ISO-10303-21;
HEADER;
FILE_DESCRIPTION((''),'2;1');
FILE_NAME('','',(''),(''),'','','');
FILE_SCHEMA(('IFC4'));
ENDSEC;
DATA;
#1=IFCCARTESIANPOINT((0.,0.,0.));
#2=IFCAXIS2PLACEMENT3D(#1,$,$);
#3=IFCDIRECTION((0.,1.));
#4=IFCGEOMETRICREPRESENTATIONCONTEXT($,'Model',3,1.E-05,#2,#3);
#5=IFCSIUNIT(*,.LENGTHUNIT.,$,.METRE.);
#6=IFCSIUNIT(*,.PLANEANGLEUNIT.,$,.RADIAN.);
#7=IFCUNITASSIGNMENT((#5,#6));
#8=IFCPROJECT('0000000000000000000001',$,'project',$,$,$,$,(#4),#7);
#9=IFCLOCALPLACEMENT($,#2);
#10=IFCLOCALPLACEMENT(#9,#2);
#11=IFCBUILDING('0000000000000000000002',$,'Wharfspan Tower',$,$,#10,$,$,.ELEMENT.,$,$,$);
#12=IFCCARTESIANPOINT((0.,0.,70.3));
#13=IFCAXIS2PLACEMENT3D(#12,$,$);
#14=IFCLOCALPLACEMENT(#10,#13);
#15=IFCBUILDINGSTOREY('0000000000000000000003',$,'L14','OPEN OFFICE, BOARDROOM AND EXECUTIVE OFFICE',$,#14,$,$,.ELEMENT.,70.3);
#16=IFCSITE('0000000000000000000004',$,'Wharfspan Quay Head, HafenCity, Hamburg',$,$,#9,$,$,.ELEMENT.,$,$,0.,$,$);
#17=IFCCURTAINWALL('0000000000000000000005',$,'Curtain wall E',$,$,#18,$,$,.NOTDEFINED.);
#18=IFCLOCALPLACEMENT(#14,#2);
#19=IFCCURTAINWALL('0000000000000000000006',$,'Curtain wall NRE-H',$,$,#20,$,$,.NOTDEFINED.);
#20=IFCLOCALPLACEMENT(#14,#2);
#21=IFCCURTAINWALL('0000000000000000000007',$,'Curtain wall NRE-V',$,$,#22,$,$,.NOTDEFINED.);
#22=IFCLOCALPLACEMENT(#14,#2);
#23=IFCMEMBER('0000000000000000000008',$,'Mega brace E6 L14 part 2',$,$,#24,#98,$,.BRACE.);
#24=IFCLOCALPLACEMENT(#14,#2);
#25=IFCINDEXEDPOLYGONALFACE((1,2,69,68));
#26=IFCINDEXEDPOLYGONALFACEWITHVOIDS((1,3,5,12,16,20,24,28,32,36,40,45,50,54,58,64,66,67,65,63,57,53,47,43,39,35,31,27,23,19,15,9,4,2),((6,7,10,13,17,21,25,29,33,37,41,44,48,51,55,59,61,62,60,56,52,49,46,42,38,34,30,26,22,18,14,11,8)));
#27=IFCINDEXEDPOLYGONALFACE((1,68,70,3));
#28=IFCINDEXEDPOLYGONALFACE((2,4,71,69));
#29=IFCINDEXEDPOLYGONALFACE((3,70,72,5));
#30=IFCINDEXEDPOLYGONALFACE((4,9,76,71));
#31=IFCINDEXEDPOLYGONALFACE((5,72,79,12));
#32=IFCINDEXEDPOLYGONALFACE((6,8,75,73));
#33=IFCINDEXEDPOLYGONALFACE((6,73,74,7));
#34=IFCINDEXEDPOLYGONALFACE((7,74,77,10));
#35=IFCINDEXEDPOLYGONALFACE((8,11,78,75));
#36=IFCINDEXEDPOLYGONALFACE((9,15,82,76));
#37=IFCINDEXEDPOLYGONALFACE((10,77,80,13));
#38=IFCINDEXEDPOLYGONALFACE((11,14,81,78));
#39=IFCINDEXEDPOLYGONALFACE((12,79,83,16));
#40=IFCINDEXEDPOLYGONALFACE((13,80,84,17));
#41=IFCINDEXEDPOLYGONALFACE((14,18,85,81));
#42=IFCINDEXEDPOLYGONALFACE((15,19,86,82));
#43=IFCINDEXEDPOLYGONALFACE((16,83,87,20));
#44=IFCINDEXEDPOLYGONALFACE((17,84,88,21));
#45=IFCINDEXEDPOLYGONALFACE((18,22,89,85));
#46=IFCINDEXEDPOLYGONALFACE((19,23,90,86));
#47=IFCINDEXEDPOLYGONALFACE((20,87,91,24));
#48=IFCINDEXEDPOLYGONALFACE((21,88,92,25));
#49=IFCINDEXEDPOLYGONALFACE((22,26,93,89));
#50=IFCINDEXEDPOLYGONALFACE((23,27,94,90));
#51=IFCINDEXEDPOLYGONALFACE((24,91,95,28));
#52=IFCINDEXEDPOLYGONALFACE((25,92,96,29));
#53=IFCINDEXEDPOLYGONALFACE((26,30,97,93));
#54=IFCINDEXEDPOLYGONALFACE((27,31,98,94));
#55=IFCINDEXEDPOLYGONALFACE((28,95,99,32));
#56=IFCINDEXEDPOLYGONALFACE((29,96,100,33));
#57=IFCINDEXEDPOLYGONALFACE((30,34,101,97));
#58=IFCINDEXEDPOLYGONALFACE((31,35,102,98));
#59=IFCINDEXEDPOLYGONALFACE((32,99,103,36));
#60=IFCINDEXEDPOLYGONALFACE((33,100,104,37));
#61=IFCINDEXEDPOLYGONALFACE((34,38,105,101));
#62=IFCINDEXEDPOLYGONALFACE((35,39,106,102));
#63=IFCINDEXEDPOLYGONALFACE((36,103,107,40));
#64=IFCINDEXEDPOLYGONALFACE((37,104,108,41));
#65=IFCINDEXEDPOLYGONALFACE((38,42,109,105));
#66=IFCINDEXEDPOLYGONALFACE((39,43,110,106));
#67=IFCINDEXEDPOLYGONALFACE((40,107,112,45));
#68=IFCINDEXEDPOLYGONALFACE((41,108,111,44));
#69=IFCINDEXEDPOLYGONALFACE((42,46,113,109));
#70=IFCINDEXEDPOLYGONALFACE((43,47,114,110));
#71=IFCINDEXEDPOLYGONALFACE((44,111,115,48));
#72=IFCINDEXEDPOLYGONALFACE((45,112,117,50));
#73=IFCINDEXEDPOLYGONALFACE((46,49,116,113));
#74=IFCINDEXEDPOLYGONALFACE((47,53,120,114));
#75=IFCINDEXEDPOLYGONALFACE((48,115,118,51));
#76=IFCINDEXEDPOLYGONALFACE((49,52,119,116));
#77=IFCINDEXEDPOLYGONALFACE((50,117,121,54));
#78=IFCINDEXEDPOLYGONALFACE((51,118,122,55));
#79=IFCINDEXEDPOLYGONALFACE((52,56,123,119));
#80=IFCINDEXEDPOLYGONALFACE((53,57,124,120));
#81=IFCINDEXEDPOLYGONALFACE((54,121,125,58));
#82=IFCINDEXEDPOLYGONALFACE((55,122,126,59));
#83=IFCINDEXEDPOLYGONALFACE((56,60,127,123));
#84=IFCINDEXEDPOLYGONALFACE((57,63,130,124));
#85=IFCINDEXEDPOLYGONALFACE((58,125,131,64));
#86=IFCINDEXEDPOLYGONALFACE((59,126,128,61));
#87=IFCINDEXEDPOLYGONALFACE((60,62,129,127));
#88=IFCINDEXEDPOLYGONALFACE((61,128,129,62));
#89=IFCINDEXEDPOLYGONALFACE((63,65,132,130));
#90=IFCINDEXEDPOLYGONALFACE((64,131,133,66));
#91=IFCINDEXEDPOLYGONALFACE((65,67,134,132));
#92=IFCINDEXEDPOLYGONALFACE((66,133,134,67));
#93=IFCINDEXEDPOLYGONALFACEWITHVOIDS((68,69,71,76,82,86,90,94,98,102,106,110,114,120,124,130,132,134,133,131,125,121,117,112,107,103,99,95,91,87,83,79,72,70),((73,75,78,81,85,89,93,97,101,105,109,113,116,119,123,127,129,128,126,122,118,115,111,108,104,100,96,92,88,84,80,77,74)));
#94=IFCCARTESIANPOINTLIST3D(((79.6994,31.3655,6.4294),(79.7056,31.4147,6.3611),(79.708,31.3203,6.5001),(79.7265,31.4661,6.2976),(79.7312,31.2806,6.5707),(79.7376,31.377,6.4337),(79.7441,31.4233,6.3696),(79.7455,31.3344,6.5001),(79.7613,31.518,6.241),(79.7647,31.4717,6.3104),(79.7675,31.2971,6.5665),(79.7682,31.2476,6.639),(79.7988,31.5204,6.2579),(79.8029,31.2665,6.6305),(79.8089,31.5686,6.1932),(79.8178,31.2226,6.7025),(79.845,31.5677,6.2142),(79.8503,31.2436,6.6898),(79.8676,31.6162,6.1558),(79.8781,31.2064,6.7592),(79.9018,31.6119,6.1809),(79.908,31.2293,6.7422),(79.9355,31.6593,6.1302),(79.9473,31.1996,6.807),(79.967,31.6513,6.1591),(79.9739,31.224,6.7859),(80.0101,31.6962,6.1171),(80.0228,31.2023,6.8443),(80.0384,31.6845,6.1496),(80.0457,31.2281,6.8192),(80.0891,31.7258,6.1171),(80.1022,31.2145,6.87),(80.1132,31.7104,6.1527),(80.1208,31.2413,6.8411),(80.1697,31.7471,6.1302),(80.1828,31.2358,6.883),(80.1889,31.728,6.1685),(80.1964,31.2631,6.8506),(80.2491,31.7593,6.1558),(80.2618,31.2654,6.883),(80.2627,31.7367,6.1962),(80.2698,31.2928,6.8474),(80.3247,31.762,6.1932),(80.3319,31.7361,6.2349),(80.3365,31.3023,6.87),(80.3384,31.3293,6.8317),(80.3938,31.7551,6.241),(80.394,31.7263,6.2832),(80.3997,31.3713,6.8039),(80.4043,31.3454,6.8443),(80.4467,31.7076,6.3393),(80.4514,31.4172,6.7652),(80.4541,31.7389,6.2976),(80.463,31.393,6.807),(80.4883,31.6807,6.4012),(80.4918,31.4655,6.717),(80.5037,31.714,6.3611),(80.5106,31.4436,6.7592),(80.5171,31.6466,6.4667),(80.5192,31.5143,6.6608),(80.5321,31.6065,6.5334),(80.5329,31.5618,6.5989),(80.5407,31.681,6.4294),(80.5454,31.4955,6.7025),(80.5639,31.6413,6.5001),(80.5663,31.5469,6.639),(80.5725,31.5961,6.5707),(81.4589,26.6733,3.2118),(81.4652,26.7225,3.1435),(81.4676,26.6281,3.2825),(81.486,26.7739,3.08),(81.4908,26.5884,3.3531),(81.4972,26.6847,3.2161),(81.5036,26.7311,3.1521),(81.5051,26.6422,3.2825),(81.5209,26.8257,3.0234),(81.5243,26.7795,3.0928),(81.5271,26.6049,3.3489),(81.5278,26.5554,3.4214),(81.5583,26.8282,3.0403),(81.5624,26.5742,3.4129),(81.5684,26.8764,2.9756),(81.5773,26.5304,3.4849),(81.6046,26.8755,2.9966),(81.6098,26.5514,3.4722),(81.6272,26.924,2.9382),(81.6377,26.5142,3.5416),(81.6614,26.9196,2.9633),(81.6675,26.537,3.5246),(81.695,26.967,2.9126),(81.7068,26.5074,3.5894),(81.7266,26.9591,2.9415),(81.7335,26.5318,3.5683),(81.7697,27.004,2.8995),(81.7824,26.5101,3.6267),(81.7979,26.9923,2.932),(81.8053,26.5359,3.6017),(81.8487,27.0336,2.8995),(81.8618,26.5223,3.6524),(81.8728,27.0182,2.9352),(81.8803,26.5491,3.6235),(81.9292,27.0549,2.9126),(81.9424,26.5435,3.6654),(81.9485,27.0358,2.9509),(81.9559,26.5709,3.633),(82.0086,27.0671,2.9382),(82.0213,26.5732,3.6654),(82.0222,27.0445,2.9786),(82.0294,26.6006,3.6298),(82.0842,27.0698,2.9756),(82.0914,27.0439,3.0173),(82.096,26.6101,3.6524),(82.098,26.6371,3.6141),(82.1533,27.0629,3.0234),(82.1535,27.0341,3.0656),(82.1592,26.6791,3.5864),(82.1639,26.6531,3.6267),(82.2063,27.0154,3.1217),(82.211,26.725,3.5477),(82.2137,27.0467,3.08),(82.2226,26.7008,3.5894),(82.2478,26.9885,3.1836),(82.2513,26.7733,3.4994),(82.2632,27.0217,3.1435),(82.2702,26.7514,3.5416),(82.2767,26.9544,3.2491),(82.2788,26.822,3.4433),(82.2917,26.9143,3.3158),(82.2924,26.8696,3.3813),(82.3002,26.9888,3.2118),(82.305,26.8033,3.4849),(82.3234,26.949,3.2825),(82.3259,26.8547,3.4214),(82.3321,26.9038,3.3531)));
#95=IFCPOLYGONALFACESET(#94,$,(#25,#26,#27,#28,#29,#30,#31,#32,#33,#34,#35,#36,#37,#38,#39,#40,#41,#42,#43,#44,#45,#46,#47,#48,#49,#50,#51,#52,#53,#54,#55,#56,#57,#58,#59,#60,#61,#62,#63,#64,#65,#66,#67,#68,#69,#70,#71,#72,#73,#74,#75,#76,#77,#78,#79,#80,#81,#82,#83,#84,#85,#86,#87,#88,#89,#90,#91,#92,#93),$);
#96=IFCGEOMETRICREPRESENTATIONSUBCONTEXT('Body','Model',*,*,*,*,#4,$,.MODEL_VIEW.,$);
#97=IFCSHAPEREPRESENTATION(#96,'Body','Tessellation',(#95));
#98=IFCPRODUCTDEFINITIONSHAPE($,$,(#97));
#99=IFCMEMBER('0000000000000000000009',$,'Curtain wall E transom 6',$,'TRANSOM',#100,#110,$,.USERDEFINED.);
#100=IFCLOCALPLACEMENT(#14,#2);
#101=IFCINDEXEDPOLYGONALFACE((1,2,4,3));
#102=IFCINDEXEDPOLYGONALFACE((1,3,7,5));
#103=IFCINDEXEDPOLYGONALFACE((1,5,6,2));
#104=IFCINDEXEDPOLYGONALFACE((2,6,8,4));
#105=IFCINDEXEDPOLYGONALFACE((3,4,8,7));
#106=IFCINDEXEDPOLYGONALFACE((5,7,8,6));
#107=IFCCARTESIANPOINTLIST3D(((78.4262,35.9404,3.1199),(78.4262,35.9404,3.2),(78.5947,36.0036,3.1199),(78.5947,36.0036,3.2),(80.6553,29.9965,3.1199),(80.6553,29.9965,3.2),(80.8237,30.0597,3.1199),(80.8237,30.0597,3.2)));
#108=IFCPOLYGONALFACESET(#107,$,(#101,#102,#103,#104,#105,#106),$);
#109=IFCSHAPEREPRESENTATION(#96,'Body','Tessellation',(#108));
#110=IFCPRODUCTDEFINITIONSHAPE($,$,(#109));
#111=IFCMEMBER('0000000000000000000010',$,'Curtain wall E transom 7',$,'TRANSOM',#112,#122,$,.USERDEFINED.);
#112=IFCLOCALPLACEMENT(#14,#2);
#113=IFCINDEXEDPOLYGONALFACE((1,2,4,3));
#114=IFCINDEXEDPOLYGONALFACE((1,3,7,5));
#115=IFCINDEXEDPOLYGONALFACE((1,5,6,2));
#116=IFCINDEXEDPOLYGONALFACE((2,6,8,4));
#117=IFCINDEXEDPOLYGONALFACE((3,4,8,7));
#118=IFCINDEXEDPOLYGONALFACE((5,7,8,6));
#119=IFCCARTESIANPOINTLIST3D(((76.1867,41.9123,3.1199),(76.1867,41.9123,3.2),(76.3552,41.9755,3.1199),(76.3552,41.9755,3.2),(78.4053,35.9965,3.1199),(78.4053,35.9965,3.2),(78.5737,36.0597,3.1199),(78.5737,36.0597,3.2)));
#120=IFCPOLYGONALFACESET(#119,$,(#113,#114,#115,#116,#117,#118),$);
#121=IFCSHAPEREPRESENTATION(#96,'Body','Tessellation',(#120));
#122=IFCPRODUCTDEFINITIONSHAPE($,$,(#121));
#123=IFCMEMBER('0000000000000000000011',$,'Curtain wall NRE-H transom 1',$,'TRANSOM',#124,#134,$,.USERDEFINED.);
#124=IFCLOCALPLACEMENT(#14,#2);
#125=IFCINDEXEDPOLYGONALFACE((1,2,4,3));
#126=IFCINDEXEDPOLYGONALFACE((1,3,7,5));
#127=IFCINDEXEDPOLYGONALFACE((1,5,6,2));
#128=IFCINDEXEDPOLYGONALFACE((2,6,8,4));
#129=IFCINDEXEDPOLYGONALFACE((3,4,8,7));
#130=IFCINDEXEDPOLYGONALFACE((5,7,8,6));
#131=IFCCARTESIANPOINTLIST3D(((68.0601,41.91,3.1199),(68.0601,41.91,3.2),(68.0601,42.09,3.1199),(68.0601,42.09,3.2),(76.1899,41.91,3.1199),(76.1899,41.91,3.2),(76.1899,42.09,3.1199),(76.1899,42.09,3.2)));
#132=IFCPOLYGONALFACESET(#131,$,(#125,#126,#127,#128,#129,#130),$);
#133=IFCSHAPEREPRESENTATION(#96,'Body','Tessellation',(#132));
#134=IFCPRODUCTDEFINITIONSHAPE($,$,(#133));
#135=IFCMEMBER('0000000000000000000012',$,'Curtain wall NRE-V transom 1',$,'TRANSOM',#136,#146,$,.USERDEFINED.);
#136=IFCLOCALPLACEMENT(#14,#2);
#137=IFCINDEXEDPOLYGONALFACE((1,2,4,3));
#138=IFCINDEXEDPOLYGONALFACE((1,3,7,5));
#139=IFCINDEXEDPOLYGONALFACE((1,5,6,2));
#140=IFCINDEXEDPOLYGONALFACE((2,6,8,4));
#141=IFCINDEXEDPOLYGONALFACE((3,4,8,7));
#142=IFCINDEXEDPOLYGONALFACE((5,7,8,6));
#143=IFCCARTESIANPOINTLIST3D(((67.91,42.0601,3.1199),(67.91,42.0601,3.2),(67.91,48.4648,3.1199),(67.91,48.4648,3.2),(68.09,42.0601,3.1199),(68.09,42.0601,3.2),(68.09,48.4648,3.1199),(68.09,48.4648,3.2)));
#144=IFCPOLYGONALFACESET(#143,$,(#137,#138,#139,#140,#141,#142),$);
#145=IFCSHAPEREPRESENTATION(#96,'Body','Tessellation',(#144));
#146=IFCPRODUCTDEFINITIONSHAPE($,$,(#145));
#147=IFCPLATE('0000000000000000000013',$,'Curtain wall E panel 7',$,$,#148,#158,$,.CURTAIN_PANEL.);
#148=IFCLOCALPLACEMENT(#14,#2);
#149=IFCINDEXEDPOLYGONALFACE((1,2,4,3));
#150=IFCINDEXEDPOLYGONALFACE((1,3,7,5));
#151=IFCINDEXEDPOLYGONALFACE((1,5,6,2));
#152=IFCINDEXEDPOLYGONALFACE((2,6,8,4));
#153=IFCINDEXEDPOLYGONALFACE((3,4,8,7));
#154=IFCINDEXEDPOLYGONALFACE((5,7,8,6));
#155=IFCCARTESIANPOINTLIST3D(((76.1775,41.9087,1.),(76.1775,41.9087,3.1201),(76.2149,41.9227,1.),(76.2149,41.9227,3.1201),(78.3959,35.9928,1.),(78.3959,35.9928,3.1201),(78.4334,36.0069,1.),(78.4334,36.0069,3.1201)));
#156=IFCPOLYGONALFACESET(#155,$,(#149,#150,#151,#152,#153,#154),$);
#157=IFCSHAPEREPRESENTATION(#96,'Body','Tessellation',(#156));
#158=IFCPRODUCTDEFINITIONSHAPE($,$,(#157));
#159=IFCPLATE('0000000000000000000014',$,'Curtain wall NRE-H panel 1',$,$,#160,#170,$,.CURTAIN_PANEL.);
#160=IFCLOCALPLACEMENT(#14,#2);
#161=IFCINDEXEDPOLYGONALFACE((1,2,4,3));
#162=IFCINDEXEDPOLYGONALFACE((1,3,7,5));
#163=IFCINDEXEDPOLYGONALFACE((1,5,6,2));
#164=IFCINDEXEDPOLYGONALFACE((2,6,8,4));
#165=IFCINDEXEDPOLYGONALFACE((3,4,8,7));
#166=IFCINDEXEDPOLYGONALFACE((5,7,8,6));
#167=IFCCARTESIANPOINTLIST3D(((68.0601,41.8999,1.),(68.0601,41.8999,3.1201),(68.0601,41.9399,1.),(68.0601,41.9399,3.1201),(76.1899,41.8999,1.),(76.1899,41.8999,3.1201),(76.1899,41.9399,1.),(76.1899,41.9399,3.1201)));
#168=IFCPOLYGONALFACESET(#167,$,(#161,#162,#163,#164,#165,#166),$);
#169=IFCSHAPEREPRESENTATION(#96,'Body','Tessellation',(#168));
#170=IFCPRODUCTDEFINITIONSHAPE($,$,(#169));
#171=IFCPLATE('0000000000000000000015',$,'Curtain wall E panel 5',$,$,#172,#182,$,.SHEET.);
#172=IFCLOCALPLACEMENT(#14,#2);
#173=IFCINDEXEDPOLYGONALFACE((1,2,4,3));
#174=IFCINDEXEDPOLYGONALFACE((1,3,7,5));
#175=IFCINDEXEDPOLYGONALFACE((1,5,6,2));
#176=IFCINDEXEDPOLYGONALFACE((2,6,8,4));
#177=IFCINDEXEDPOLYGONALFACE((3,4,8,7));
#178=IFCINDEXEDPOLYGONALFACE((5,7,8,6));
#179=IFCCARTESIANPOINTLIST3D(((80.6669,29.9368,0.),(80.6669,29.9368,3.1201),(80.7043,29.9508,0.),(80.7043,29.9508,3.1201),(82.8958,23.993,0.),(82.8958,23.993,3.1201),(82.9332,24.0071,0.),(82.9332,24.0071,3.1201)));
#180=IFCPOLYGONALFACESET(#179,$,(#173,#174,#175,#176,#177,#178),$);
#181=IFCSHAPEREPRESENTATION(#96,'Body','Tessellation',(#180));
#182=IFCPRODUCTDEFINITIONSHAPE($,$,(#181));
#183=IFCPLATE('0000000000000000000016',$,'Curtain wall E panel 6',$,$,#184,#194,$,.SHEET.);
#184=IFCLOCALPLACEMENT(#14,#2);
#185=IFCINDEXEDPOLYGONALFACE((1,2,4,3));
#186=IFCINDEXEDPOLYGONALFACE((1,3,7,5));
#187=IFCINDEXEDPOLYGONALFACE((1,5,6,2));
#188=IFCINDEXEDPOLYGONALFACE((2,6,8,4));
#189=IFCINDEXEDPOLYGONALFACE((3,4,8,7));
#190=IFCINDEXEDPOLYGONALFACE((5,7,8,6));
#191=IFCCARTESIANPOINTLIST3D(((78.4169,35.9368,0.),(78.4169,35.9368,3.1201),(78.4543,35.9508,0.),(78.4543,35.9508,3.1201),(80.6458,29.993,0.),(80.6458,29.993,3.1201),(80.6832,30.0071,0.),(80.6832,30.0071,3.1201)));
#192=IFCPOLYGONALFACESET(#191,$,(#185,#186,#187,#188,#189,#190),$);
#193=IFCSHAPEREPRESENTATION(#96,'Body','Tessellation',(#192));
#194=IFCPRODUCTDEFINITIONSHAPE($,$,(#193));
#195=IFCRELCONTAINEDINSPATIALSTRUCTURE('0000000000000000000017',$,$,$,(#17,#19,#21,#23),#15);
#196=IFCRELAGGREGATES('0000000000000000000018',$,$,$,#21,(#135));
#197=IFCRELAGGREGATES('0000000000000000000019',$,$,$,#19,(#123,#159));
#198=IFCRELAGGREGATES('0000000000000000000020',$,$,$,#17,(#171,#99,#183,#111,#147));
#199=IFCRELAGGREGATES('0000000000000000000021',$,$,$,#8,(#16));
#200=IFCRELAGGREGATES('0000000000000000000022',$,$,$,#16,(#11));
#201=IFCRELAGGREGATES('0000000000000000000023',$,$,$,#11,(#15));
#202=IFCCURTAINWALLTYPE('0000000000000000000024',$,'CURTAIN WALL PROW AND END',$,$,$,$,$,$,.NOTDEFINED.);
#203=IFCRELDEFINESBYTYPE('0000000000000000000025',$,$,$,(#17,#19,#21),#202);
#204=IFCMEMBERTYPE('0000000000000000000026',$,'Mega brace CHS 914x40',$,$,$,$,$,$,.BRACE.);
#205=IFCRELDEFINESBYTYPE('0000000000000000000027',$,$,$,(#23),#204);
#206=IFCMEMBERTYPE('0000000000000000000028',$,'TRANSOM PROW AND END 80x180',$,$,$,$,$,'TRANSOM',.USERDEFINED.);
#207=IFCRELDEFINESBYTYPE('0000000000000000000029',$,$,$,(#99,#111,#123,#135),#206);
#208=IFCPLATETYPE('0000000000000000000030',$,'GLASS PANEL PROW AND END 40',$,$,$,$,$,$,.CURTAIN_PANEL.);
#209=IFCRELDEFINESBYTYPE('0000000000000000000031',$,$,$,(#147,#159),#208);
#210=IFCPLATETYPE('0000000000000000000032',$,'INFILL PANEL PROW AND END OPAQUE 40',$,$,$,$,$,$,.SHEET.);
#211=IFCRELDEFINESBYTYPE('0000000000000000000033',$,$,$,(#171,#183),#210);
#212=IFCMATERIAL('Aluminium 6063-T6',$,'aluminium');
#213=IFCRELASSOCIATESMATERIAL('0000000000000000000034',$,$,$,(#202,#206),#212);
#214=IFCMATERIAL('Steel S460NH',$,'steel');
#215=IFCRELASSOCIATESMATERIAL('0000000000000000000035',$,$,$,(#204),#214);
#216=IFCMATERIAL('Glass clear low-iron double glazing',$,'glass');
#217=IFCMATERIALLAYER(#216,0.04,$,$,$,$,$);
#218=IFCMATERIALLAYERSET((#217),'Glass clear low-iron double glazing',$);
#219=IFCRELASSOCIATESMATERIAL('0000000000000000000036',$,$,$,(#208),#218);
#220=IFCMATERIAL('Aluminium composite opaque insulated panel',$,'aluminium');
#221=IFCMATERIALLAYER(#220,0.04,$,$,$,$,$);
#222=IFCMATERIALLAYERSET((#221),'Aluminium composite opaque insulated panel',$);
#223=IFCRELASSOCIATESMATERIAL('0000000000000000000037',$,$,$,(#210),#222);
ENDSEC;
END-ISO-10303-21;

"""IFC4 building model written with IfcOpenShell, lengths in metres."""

from ifc_helpers import new_model, si_unit, direction, frame, origin, origin_2d, place, context, subcontext, project, spatial, rectangle, hollow_circle, extrude, material, layer, layer_set, material_profile, profile_set, type_object, element, aggregate, save


model = new_model("IFC4")

# Units and contexts
model_context = context("Model", 3, precision=1e-05, world=origin(), true_north=direction((0.0, 1.0)))
body_context = subcontext(model_context, "Body", "Model", "MODEL_VIEW")
ifc_project = project(units=[si_unit("LENGTHUNIT", "METRE"), si_unit("PLANEANGLEUNIT", "RADIAN")], contexts=[model_context])

# Site, building, storey
site_placement = place(None, origin())
site = spatial("IfcSite", under=ifc_project, at=site_placement, Name="Wharfspan Quay Head, HafenCity, Hamburg", CompositionType="ELEMENT", RefElevation=0.0)
building_placement = place(site_placement, origin())
building = spatial("IfcBuilding", under=site, at=building_placement, Name="Wharfspan Tower", CompositionType="ELEMENT")
storey_placement = place(building_placement, frame((0.0, 0.0, 70.3)))
storey = spatial("IfcBuildingStorey", under=building, at=storey_placement, Name="L14", Description="OPEN OFFICE, BOARDROOM AND EXECUTIVE OFFICE", CompositionType="ELEMENT", Elevation=70.3)

# Curtain walls
ifc_material_1 = material(Name="Aluminium 6063-T6", Category="aluminium")
curtain_wall_type = type_object("IfcCurtainWallType", Name="CURTAIN WALL PROW AND END", PredefinedType="NOTDEFINED", material=ifc_material_1)
curtain_wall_1_placement = place(storey_placement, origin())
curtain_wall_1 = element("IfcCurtainWall", 1, at=curtain_wall_1_placement, inside=storey, type_object=curtain_wall_type, Name="Curtain wall E", PredefinedType="NOTDEFINED")
curtain_wall_2_placement = place(storey_placement, origin())
curtain_wall_2 = element("IfcCurtainWall", 2, at=curtain_wall_2_placement, inside=storey, type_object=curtain_wall_type, Name="Curtain wall NRE-H", PredefinedType="NOTDEFINED")
curtain_wall_3_placement = place(storey_placement, origin())
curtain_wall_3 = element("IfcCurtainWall", 3, at=curtain_wall_3_placement, inside=storey, type_object=curtain_wall_type, Name="Curtain wall NRE-V", PredefinedType="NOTDEFINED")

# Members
ifc_material_2 = material(Name="Steel S460NH", Category="steel")
ifc_material_profile_1 = material_profile(ifc_material_2, hollow_circle(Radius=0.457, WallThickness=0.04, at=origin_2d()))
ifc_profile_set_1 = profile_set([ifc_material_profile_1], Name="Steel S460NH")
member_type_1 = type_object("IfcMemberType", Name="Mega brace CHS 914x40", PredefinedType="BRACE", material=ifc_profile_set_1)
member_1_placement = place(storey_placement, frame((81.8955, 26.7886, 3.2825), z_axis=(-0.295459, 0.787904, 0.540288), x_axis=(-0.936328, -0.351115, -0.000003)))
element("IfcMember", 4, at=member_1_placement, inside=storey, type_object=member_type_1, Name="Mega brace E6 L14 part 2", PredefinedType="BRACE", context=body_context, shape_type="SweptSolid", body=[
    extrude(hollow_circle(Radius=0.457, WallThickness=0.04, at=origin_2d()), origin(), (0.0, 0.0, 1.0), 5.9553),
])
ifc_material_profile_2 = material_profile(ifc_material_1, rectangle(XDim=0.1799, YDim=0.0801, at=origin_2d()))
ifc_profile_set_2 = profile_set([ifc_material_profile_2], Name="Aluminium 6063-T6")
member_type_2 = type_object("IfcMemberType", Name="TRANSOM PROW AND END 80x180", ElementType="TRANSOM", PredefinedType="USERDEFINED", material=ifc_profile_set_2)
member_2_placement = place(storey_placement, frame((80.7395, 30.0281, 3.1599), z_axis=(-0.351132, 0.936326, 0.0), x_axis=(-0.936326, -0.351132, 0.0)))
member_2 = element("IfcMember", 5, at=member_2_placement, type_object=member_type_2, Name="Curtain wall E transom 6", ObjectType="TRANSOM", PredefinedType="USERDEFINED", context=body_context, shape_type="SweptSolid", body=[
    extrude(rectangle(XDim=0.1799, YDim=0.0801, at=origin_2d()), origin(), (0.0, 0.0, 1.0), 6.3481),
])
member_3_placement = place(storey_placement, frame((78.4895, 36.0281, 3.1599), z_axis=(-0.351136, 0.936324, 0.0), x_axis=(-0.936324, -0.351136, 0.0)))
member_3 = element("IfcMember", 6, at=member_3_placement, type_object=member_type_2, Name="Curtain wall E transom 7", ObjectType="TRANSOM", PredefinedType="USERDEFINED", context=body_context, shape_type="SweptSolid", body=[
    extrude(rectangle(XDim=0.1799, YDim=0.0801, at=origin_2d()), origin(), (0.0, 0.0, 1.0), 6.3181),
])
member_4_placement = place(storey_placement, frame((76.1899, 42.0, 3.1599), z_axis=(-1.0, 0.0, 0.0), x_axis=(0.0, -1.0, 0.0)))
member_4 = element("IfcMember", 7, at=member_4_placement, type_object=member_type_2, Name="Curtain wall NRE-H transom 1", ObjectType="TRANSOM", PredefinedType="USERDEFINED", context=body_context, shape_type="SweptSolid", body=[
    extrude(rectangle(XDim=0.1799, YDim=0.0801, at=origin_2d()), origin(), (0.0, 0.0, 1.0), 8.1299),
])
member_5_placement = place(storey_placement, frame((68.0, 42.0601, 3.1599), z_axis=(0.0, 1.0, 0.0), x_axis=(-1.0, 0.0, 0.0)))
member_5 = element("IfcMember", 8, at=member_5_placement, type_object=member_type_2, Name="Curtain wall NRE-V transom 1", ObjectType="TRANSOM", PredefinedType="USERDEFINED", context=body_context, shape_type="SweptSolid", body=[
    extrude(rectangle(XDim=0.1799, YDim=0.0801, at=origin_2d()), origin(), (0.0, 0.0, 1.0), 6.4048),
])
aggregate(curtain_wall_3, [member_5])

# Plates
ifc_material_3 = material(Name="Glass clear low-iron double glazing", Category="glass")
ifc_layer_1 = layer(ifc_material_3, 0.04)
ifc_layer_set_1 = layer_set([ifc_layer_1], Name="Glass clear low-iron double glazing")
plate_type_1 = type_object("IfcPlateType", Name="GLASS PANEL PROW AND END 40", PredefinedType="CURTAIN_PANEL", material=ifc_layer_set_1)
plate_1_placement = place(storey_placement, frame((77.3054, 38.9578, 1.0), z_axis=(0.0, 0.0, 1.0), x_axis=(-0.351123, 0.936328, 0.0)))
plate_1 = element("IfcPlate", 9, at=plate_1_placement, type_object=plate_type_1, Name="Curtain wall E panel 7", PredefinedType="CURTAIN_PANEL", context=body_context, shape_type="SweptSolid", body=[
    extrude(rectangle(XDim=6.3181, YDim=0.04, at=origin_2d()), origin(), (0.0, 0.0, 1.0), 2.1201),
])
plate_2_placement = place(storey_placement, frame((72.125, 41.9199, 1.0), z_axis=(0.0, 0.0, 1.0), x_axis=(-1.0, 0.0, 0.0)))
plate_2 = element("IfcPlate", 10, at=plate_2_placement, type_object=plate_type_1, Name="Curtain wall NRE-H panel 1", PredefinedType="CURTAIN_PANEL", context=body_context, shape_type="SweptSolid", body=[
    extrude(rectangle(XDim=8.1299, YDim=0.04, at=origin_2d()), origin(), (0.0, 0.0, 1.0), 2.1201),
])
aggregate(curtain_wall_2, [member_4, plate_2])
ifc_material_4 = material(Name="Aluminium composite opaque insulated panel", Category="aluminium")
ifc_layer_2 = layer(ifc_material_4, 0.04)
ifc_layer_set_2 = layer_set([ifc_layer_2], Name="Aluminium composite opaque insulated panel")
plate_type_2 = type_object("IfcPlateType", Name="INFILL PANEL PROW AND END OPAQUE 40", PredefinedType="SHEET", material=ifc_layer_set_2)
plate_3_placement = place(storey_placement, frame((81.8, 26.9719, 0.0), z_axis=(0.0, 0.0, 1.0), x_axis=(-0.351123, 0.936328, 0.0)))
plate_3 = element("IfcPlate", 11, at=plate_3_placement, type_object=plate_type_2, Name="Curtain wall E panel 5", PredefinedType="SHEET", context=body_context, shape_type="SweptSolid", body=[
    extrude(rectangle(XDim=6.3479, YDim=0.04, at=origin_2d()), origin(), (0.0, 0.0, 1.0), 3.1201),
])
plate_4_placement = place(storey_placement, frame((79.55, 32.9719, 0.0), z_axis=(0.0, 0.0, 1.0), x_axis=(-0.351123, 0.936328, 0.0)))
plate_4 = element("IfcPlate", 12, at=plate_4_placement, type_object=plate_type_2, Name="Curtain wall E panel 6", PredefinedType="SHEET", context=body_context, shape_type="SweptSolid", body=[
    extrude(rectangle(XDim=6.3479, YDim=0.04, at=origin_2d()), origin(), (0.0, 0.0, 1.0), 3.1201),
])
aggregate(curtain_wall_1, [plate_3, member_2, plate_4, member_3, plate_1])

save(model, "model.ifc")
